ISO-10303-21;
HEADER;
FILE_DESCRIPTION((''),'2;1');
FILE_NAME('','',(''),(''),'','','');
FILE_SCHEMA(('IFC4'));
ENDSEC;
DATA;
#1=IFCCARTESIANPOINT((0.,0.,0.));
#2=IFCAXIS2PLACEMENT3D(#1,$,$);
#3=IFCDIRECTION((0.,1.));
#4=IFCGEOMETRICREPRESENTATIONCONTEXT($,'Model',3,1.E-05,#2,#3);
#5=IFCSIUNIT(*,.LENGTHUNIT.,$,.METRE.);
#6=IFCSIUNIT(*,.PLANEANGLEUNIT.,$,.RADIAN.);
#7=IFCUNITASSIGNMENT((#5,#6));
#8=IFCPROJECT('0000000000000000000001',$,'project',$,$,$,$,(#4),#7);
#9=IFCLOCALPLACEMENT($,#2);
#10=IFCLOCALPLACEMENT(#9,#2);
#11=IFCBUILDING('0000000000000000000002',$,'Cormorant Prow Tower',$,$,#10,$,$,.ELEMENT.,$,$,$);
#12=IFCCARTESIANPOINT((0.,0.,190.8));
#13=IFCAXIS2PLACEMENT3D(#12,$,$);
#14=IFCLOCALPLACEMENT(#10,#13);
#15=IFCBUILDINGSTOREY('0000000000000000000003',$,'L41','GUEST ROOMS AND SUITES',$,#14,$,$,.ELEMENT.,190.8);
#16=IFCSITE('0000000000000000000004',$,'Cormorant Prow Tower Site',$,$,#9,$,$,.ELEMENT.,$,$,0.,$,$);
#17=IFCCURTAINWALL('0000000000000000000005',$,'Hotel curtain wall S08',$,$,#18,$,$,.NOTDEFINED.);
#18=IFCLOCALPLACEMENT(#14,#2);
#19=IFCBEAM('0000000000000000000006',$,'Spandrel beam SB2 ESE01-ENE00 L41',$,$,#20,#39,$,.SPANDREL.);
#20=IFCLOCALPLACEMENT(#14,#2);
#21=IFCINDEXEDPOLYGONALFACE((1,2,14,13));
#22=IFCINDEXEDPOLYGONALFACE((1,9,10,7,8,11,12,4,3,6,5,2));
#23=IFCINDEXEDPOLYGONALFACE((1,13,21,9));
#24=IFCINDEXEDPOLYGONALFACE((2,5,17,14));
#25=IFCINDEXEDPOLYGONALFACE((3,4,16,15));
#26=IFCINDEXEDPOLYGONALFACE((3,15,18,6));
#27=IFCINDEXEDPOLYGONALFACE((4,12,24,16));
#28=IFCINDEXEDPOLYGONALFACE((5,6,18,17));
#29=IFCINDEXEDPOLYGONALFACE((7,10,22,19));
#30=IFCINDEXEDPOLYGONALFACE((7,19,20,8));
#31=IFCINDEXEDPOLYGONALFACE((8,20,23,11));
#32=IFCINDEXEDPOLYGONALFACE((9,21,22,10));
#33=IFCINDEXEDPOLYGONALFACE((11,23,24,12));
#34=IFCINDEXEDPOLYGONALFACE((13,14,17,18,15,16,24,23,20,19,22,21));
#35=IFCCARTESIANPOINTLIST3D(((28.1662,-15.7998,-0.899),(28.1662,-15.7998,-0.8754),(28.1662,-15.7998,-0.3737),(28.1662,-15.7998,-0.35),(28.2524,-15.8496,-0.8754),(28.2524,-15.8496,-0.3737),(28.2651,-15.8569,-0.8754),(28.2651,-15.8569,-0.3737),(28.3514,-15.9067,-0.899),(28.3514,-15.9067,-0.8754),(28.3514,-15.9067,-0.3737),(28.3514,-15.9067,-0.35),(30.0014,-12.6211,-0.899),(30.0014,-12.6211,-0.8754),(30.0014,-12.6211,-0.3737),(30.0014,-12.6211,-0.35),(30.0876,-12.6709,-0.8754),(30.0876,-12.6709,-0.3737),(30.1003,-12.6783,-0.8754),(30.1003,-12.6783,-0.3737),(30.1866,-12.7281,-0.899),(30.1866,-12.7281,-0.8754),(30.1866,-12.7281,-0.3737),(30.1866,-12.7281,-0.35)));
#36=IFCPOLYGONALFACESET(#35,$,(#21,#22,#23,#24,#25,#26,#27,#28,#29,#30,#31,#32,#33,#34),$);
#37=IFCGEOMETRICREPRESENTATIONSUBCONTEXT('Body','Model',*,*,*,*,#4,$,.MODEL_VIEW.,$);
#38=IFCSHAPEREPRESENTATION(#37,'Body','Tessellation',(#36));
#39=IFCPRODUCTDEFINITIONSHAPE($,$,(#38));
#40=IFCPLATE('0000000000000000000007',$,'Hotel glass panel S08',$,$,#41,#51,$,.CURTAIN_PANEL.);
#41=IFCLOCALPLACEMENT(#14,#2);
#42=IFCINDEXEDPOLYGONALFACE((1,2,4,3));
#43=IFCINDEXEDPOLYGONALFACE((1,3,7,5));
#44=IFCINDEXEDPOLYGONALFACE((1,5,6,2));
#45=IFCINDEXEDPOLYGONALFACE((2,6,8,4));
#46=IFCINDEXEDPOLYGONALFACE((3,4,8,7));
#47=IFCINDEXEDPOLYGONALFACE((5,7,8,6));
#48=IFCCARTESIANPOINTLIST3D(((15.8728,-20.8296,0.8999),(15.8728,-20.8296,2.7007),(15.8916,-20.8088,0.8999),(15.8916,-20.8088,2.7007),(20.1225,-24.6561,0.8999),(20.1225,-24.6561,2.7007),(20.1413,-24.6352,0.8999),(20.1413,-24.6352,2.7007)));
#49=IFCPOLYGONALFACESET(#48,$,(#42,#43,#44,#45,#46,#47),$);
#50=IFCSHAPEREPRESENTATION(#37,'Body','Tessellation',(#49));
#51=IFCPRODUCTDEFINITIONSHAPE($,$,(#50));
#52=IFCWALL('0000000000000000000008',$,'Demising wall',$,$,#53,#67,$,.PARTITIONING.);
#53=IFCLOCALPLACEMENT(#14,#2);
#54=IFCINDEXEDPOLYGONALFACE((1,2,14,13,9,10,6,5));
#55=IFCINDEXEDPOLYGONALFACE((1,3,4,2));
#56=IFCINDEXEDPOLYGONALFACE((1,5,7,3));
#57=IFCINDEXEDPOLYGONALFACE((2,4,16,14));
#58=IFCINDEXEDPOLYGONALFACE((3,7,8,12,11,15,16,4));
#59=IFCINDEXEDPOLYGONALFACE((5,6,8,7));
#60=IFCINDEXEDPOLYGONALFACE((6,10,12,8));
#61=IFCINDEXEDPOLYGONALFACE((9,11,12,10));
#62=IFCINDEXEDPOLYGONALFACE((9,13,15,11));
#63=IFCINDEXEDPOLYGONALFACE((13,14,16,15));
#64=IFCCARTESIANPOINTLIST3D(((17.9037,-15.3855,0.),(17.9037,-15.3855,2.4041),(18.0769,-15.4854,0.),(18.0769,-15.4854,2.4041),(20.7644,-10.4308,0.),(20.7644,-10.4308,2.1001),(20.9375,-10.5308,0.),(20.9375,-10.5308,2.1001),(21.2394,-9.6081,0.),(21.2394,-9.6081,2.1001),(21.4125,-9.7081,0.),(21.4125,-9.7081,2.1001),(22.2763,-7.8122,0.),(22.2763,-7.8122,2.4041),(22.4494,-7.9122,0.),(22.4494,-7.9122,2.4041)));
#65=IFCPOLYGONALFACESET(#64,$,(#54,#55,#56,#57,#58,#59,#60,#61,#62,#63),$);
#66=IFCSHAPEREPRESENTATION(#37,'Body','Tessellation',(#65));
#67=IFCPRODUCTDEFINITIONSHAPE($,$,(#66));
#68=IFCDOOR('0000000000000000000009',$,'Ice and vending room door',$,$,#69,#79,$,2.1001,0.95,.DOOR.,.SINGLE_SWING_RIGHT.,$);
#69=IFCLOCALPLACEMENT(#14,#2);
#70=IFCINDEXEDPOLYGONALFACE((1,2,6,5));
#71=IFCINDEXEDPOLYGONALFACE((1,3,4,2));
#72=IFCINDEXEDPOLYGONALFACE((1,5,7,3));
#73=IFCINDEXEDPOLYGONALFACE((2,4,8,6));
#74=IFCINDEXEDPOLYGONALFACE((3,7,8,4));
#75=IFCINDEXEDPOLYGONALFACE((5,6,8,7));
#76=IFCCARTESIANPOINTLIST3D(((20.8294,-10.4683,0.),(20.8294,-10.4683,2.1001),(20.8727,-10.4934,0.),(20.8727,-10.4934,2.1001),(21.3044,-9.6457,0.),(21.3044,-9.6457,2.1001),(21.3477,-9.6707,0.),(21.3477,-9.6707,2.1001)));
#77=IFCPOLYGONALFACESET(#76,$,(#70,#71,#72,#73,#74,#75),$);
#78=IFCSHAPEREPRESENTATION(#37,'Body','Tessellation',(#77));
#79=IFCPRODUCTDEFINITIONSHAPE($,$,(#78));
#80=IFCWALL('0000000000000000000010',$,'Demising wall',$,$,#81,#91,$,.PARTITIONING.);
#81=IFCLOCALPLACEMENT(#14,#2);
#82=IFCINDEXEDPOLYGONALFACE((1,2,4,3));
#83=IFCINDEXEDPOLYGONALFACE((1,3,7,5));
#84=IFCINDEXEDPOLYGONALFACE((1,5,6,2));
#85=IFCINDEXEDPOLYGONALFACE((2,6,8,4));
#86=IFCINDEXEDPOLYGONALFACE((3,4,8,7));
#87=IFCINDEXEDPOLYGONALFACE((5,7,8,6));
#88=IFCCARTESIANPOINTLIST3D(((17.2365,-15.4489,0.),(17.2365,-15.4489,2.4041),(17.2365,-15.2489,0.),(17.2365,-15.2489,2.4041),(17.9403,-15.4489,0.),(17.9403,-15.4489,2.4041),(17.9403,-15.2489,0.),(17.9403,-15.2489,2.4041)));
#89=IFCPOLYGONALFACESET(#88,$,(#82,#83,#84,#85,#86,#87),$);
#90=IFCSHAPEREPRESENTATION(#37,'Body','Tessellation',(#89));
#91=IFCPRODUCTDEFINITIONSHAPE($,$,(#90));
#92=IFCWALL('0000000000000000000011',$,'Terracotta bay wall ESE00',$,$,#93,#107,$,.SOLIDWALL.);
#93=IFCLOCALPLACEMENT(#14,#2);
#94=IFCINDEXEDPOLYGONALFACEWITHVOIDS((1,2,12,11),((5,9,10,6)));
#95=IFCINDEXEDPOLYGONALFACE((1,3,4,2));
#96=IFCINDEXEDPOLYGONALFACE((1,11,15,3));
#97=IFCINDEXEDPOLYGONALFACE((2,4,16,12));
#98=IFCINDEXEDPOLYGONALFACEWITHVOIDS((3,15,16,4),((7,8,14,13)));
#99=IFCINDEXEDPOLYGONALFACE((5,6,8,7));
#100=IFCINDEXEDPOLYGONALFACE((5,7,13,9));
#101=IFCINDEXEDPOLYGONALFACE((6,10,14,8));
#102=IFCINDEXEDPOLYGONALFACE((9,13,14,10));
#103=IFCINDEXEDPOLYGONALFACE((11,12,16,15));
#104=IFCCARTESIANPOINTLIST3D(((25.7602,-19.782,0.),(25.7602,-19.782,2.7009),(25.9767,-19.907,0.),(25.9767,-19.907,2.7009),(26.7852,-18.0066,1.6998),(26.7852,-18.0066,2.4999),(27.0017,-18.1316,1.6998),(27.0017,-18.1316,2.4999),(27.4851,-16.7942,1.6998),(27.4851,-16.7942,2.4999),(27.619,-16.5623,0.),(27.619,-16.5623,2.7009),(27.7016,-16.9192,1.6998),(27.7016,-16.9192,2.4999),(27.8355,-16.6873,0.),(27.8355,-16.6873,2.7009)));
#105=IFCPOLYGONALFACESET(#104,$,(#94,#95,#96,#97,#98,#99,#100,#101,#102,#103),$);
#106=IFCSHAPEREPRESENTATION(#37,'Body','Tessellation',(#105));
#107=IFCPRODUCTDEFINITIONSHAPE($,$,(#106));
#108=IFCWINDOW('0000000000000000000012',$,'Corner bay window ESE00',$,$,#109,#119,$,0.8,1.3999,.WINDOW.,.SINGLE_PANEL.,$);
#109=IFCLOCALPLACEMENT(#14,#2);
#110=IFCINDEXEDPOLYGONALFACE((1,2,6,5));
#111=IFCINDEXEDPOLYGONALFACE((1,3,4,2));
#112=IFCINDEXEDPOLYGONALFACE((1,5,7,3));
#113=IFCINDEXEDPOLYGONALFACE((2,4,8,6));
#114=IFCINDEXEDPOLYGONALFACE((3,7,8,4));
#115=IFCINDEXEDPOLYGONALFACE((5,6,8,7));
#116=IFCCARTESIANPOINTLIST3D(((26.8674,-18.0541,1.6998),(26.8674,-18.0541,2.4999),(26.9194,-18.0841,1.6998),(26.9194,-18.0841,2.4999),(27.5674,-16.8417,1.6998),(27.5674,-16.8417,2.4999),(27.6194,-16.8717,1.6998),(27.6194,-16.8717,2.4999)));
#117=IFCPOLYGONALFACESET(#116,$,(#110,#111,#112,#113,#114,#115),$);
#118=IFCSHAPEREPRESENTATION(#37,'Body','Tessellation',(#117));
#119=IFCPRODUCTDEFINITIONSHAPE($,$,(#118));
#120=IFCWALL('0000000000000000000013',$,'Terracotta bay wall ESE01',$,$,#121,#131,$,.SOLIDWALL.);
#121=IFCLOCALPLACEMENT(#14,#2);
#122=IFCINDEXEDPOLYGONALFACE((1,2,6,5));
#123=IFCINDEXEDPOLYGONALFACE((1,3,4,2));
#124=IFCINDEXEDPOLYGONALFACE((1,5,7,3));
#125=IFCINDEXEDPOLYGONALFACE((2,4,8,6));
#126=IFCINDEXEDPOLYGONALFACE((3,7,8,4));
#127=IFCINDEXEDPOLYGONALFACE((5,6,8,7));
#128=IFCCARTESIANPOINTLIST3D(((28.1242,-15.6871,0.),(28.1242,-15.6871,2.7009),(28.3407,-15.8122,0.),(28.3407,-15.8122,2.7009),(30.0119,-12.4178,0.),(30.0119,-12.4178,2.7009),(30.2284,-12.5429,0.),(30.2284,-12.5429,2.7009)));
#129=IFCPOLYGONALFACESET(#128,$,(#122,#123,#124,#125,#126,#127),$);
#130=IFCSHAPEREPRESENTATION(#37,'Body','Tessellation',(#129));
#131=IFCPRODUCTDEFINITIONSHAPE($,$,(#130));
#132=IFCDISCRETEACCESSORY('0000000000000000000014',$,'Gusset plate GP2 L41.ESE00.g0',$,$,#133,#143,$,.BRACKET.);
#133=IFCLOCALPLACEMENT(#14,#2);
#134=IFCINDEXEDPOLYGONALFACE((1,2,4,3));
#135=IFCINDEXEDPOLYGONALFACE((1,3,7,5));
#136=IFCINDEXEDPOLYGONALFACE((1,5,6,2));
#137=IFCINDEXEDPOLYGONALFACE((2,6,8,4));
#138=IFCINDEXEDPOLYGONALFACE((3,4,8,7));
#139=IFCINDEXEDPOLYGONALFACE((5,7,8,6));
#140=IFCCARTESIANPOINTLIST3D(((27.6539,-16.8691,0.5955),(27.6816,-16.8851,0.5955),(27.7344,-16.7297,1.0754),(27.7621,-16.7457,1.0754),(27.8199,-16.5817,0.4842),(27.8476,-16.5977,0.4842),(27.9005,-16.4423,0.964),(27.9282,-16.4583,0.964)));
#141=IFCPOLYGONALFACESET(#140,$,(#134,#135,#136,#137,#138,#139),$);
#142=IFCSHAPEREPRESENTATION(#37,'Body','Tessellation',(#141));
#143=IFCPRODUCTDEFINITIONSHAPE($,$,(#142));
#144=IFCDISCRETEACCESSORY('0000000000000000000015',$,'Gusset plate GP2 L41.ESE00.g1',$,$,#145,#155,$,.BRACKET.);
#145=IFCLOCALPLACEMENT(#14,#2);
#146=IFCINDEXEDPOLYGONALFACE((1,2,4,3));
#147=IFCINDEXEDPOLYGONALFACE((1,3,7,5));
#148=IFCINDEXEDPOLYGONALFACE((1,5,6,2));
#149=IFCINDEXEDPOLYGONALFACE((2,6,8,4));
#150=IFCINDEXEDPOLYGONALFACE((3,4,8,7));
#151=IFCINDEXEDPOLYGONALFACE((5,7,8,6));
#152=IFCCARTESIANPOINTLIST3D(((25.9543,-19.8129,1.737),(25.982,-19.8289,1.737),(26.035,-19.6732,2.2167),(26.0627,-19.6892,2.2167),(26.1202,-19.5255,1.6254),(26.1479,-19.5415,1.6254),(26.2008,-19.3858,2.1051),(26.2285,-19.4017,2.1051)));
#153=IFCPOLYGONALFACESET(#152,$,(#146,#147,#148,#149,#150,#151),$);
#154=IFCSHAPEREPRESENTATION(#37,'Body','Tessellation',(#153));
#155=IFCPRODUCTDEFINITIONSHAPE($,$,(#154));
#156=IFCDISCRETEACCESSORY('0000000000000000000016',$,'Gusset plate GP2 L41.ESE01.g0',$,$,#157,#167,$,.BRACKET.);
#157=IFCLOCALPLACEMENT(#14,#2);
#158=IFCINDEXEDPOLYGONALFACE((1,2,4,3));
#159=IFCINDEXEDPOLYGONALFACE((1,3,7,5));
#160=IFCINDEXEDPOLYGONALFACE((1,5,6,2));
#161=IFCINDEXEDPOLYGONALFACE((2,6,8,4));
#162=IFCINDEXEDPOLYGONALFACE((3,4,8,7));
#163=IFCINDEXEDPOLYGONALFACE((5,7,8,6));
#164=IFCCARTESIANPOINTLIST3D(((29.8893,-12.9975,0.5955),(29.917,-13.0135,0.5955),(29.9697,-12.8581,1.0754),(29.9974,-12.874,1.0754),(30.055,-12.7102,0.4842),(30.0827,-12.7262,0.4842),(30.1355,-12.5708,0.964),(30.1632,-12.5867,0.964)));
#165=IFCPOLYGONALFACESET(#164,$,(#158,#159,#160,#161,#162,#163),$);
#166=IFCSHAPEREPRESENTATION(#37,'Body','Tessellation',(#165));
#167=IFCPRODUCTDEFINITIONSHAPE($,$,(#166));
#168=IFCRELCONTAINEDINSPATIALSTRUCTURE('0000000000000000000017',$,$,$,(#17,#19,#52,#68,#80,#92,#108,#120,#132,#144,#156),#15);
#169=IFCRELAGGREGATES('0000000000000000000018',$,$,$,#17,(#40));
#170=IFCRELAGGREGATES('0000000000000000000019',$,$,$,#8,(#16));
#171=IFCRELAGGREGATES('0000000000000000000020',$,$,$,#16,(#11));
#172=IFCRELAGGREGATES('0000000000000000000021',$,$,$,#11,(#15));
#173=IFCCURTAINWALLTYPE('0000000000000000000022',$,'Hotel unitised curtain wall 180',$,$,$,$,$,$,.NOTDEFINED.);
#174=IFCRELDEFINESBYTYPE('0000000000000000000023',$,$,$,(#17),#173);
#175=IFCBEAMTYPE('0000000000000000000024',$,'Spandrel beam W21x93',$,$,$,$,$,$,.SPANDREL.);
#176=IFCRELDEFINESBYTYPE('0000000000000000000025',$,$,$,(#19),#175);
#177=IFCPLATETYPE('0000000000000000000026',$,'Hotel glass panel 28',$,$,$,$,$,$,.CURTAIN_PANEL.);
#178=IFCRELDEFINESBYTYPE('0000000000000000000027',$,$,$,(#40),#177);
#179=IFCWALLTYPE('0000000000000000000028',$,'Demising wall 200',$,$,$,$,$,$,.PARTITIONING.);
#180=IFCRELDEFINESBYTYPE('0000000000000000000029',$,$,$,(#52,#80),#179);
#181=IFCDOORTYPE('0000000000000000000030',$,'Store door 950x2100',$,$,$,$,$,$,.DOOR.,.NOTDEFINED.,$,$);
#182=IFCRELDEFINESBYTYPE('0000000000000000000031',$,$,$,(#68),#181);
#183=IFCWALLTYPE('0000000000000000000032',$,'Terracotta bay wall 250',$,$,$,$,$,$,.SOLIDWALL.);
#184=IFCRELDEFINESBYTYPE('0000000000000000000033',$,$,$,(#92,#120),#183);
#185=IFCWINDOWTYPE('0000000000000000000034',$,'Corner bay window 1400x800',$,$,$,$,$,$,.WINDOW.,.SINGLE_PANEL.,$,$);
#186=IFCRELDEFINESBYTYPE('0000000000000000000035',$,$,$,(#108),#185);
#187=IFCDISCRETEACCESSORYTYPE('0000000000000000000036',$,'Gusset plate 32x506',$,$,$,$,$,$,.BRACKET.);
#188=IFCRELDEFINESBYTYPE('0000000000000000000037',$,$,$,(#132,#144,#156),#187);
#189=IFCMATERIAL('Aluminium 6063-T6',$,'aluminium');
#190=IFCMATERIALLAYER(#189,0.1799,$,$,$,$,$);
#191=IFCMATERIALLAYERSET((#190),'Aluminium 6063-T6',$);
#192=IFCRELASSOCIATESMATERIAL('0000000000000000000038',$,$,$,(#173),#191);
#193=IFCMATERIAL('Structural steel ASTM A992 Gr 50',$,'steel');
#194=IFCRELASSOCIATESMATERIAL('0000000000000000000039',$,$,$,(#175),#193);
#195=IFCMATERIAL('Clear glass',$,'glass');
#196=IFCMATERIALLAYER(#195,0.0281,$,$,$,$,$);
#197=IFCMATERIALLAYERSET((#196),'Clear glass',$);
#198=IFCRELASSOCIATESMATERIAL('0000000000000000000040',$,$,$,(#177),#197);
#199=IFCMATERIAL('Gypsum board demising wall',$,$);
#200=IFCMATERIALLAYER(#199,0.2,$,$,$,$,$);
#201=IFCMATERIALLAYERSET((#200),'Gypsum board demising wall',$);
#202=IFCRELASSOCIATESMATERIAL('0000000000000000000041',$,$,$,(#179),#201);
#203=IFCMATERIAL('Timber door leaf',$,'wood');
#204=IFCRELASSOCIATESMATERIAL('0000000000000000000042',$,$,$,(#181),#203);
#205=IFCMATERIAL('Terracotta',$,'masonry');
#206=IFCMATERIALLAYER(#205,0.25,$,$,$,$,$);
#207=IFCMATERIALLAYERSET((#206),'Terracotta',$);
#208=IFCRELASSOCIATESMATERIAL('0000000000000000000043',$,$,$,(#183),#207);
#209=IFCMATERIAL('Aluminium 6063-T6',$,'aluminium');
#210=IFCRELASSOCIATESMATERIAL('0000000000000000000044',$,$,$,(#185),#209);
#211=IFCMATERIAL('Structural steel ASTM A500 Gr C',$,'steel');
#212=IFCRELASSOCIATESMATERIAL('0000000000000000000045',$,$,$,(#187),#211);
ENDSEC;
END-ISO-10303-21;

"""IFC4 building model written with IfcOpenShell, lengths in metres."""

from ifc_helpers import new_model, si_unit, direction, frame, frame_2d, origin, origin_2d, place, context, subcontext, project, spatial, rectangle, i_section, extrude, material, layer, layer_set, material_profile, profile_set, type_object, element, fill, aggregate, save


model = new_model("IFC4")

# Units and contexts
model_context = context("Model", 3, precision=1e-05, world=origin(), true_north=direction((0.0, 1.0)))
body_context = subcontext(model_context, "Body", "Model", "MODEL_VIEW")
ifc_project = project(units=[si_unit("LENGTHUNIT", "METRE"), si_unit("PLANEANGLEUNIT", "RADIAN")], contexts=[model_context])

# Site, building, storey
site_placement = place(None, origin())
site = spatial("IfcSite", under=ifc_project, at=site_placement, Name="Cormorant Prow Tower Site", CompositionType="ELEMENT", RefElevation=0.0)
building_placement = place(site_placement, origin())
building = spatial("IfcBuilding", under=site, at=building_placement, Name="Cormorant Prow Tower", CompositionType="ELEMENT")
storey_placement = place(building_placement, frame((0.0, 0.0, 190.8)))
storey = spatial("IfcBuildingStorey", under=building, at=storey_placement, Name="L41", Description="GUEST ROOMS AND SUITES", CompositionType="ELEMENT", Elevation=190.8)

# Curtain wall
ifc_material_1 = material(Name="Aluminium 6063-T6", Category="aluminium")
ifc_layer_1 = layer(ifc_material_1, 0.1799)
ifc_layer_set_1 = layer_set([ifc_layer_1], Name="Aluminium 6063-T6")
curtain_wall_type = type_object("IfcCurtainWallType", Name="Hotel unitised curtain wall 180", PredefinedType="NOTDEFINED", material=ifc_layer_set_1)
curtain_wall_placement = place(storey_placement, origin())
curtain_wall = element("IfcCurtainWall", 1, at=curtain_wall_placement, inside=storey, type_object=curtain_wall_type, Name="Hotel curtain wall S08", PredefinedType="NOTDEFINED")

# Beam
ifc_material_2 = material(Name="Structural steel ASTM A992 Gr 50", Category="steel")
ifc_material_profile_1 = material_profile(ifc_material_2, i_section(OverallWidth=0.2139, OverallDepth=0.5491, WebThickness=0.0146, FlangeThickness=0.0237, at=origin_2d()), Name="W21x93")
ifc_profile_set_1 = profile_set([ifc_material_profile_1], Name="Structural steel ASTM A992 Gr 50")
beam_type = type_object("IfcBeamType", Name="Spandrel beam W21x93", PredefinedType="SPANDREL", material=ifc_profile_set_1)
for number, where, z_axis, x_axis, name in (
    (2, (28.2588, -15.8533, -0.6245), (0.499995, 0.866028, 0.0), (-0.866028, 0.499995, 0.0), "Spandrel beam SB2 ESE01-ENE00 L41"),
):
    element("IfcBeam", number, at=place(storey_placement, frame(where, z_axis=z_axis, x_axis=x_axis)), inside=storey, type_object=beam_type, Name=name, PredefinedType="SPANDREL", context=body_context, shape_type="SweptSolid", body=[
        extrude(i_section(OverallWidth=0.2139, OverallDepth=0.5491, WebThickness=0.0146, FlangeThickness=0.0237, at=origin_2d()), origin(), (0.0, 0.0, 1.0), 3.6704),
    ])

# Plate
ifc_material_3 = material(Name="Clear glass", Category="glass")
ifc_layer_2 = layer(ifc_material_3, 0.0281)
ifc_layer_set_2 = layer_set([ifc_layer_2], Name="Clear glass")
plate_type = type_object("IfcPlateType", Name="Hotel glass panel 28", PredefinedType="CURTAIN_PANEL", material=ifc_layer_set_2)
plate_placement = place(storey_placement, frame((18.0071, -22.7324, 0.8999), z_axis=(0.0, 0.0, 1.0), x_axis=(0.743145, -0.669131, 0.0)))
plate = element("IfcPlate", 3, at=plate_placement, type_object=plate_type, Name="Hotel glass panel S08", PredefinedType="CURTAIN_PANEL", context=body_context, shape_type="SweptSolid", body=[
    extrude(rectangle(XDim=5.7185, YDim=0.0281, at=origin_2d()), origin(), (0.0, 0.0, 1.0), 1.8008),
])
aggregate(curtain_wall, [plate])

# Wall, opening, door
ifc_material_4 = material(Name="Gypsum board demising wall")
ifc_layer_3 = layer(ifc_material_4, 0.2)
ifc_layer_set_3 = layer_set([ifc_layer_3], Name="Gypsum board demising wall")
wall_type_1 = type_object("IfcWallType", Name="Demising wall 200", PredefinedType="PARTITIONING", material=ifc_layer_set_3)
wall_1_placement = place(storey_placement, frame((17.9902, -15.4355, 0.0), z_axis=(0.0, 0.0, 1.0), x_axis=(0.500012, 0.866018, 0.0)))
wall_1 = element("IfcWall", 4, at=wall_1_placement, inside=storey, type_object=wall_type_1, Name="Demising wall", PredefinedType="PARTITIONING", context=body_context, shape_type="SweptSolid", body=[
    extrude(rectangle(XDim=8.7449, YDim=0.2, at=frame_2d((4.3726, 0.0))), origin(), (0.0, 0.0, 1.0), 2.4041),
])
opening_1_placement = place(wall_1_placement, frame((5.7212, 0.0, 0.0)))
opening_1 = element("IfcOpeningElement", 5, at=opening_1_placement, cuts=wall_1, PredefinedType="OPENING", context=body_context, shape_type="SweptSolid", body=[
    extrude(rectangle(XDim=0.95, YDim=2.1001, at=frame_2d((0.4751, 1.05))), frame((0.0, 0.1099, 0.0), z_axis=(0.0, -1.0, 0.0), x_axis=(1.0, 0.0, 0.0)), (0.0, 0.0, 1.0), 0.22),
])
ifc_material_5 = material(Name="Timber door leaf", Category="wood")
door_type_1 = type_object("IfcDoorType", Name="Store door 950x2100", OperationType="NOTDEFINED", PredefinedType="DOOR", material=ifc_material_5)
door_1_placement = place(opening_1_placement, origin())
door_1 = element("IfcDoor", 6, at=door_1_placement, inside=storey, type_object=door_type_1, Name="Ice and vending room door", OperationType="SINGLE_SWING_RIGHT", OverallHeight=2.1001, OverallWidth=0.95, PredefinedType="DOOR", context=body_context, shape_type="SweptSolid", body=[
    extrude(rectangle(XDim=0.95, YDim=2.1001, at=frame_2d((0.4751, 1.05))), frame((0.0, 0.0249, 0.0), z_axis=(0.0, -1.0, 0.0), x_axis=(1.0, 0.0, 0.0)), (0.0, 0.0, 1.0), 0.05),
])
fill(opening_1, door_1)

# Wall
wall_2_placement = place(storey_placement, frame((17.2363, -15.3489, 0.0), z_axis=(0.0, 0.0, 1.0), x_axis=(1.0, 0.0, 0.0)))
element("IfcWall", 7, at=wall_2_placement, inside=storey, type_object=wall_type_1, Name="Demising wall", PredefinedType="PARTITIONING", context=body_context, shape_type="SweptSolid", body=[
    extrude(rectangle(XDim=0.7039, YDim=0.2, at=frame_2d((0.3521, 0.0))), origin(), (0.0, 0.0, 1.0), 2.4041),
])

# Wall, opening, window
ifc_material_6 = material(Name="Terracotta", Category="masonry")
ifc_layer_4 = layer(ifc_material_6, 0.25)
ifc_layer_set_4 = layer_set([ifc_layer_4], Name="Terracotta")
wall_type_2 = type_object("IfcWallType", Name="Terracotta bay wall 250", PredefinedType="SOLIDWALL", material=ifc_layer_set_4)
wall_3_placement = place(storey_placement, frame((25.8684, -19.8445, 0.0), z_axis=(0.0, 0.0, 1.0), x_axis=(0.499995, 0.866028, 0.0)))
wall_3 = element("IfcWall", 8, at=wall_3_placement, inside=storey, type_object=wall_type_2, Name="Terracotta bay wall ESE00", PredefinedType="SOLIDWALL", context=body_context, shape_type="SweptSolid", body=[
    extrude(rectangle(XDim=3.7178, YDim=0.25, at=frame_2d((1.8589, 0.0))), origin(), (0.0, 0.0, 1.0), 2.7009),
])
opening_2_placement = place(wall_3_placement, frame((2.05, 0.0, 1.7)))
opening_2 = element("IfcOpeningElement", 9, at=opening_2_placement, cuts=wall_3, PredefinedType="OPENING", context=body_context, shape_type="SweptSolid", body=[
    extrude(rectangle(XDim=1.3999, YDim=0.8, at=frame_2d((0.7, 0.3999))), frame((0.0, 0.135, 0.0), z_axis=(0.0, -1.0, 0.0), x_axis=(1.0, 0.0, 0.0)), (0.0, 0.0, 1.0), 0.27),
])
ifc_material_7 = material(Name="Aluminium 6063-T6", Category="aluminium")
window_type = type_object("IfcWindowType", Name="Corner bay window 1400x800", PartitioningType="SINGLE_PANEL", PredefinedType="WINDOW", material=ifc_material_7)
window_placement = place(opening_2_placement, origin())
window = element("IfcWindow", 10, at=window_placement, inside=storey, type_object=window_type, Name="Corner bay window ESE00", OverallHeight=0.8, OverallWidth=1.3999, PartitioningType="SINGLE_PANEL", PredefinedType="WINDOW", context=body_context, shape_type="SweptSolid", body=[
    extrude(rectangle(XDim=1.3999, YDim=0.8, at=frame_2d((0.7, 0.3999))), frame((0.0, 0.03, 0.0), z_axis=(0.0, -1.0, 0.0), x_axis=(1.0, 0.0, 0.0)), (0.0, 0.0, 1.0), 0.0601),
])
fill(opening_2, window)

# Wall
wall_4_placement = place(storey_placement, frame((28.2324, -15.7498, 0.0), z_axis=(0.0, 0.0, 1.0), x_axis=(0.500034, 0.866006, 0.0)))
element("IfcWall", 11, at=wall_4_placement, inside=storey, type_object=wall_type_2, Name="Terracotta bay wall ESE01", PredefinedType="SOLIDWALL", context=body_context, shape_type="SweptSolid", body=[
    extrude(rectangle(XDim=3.7751, YDim=0.25, at=frame_2d((1.8877, 0.0))), origin(), (0.0, 0.0, 1.0), 2.7009),
])

# Discrete accessories
ifc_material_8 = material(Name="Structural steel ASTM A500 Gr C", Category="steel")
ifc_material_profile_2 = material_profile(ifc_material_8, rectangle(XDim=0.032, YDim=0.5061, at=origin_2d()), Name="Gusset plate 32x506")
ifc_profile_set_2 = profile_set([ifc_material_profile_2], Name="Structural steel ASTM A500 Gr C")
discrete_accessory_type = type_object("IfcDiscreteAccessoryType", Name="Gusset plate 32x506", PredefinedType="BRACKET", material=ifc_profile_set_2)
for number, where, z_axis, x_axis, name in (
    (12, (27.708, -16.8074, 0.8354), (0.474278, 0.820919, -0.318045), (-0.865879, 0.500253, 0.0), "Gusset plate GP2 L41.ESE00.g0"),
    (13, (26.1743, -19.4636, 1.8652), (-0.473632, -0.821008, 0.318777), (0.866198, -0.499701, 0.0), "Gusset plate GP2 L41.ESE00.g1"),
):
    element("IfcDiscreteAccessory", number, at=place(storey_placement, frame(where, z_axis=z_axis, x_axis=x_axis)), inside=storey, type_object=discrete_accessory_type, Name=name, PredefinedType="BRACKET", context=body_context, shape_type="SweptSolid", body=[
        extrude(rectangle(XDim=0.032, YDim=0.5061, at=origin_2d()), origin(), (0.0, 0.0, 1.0), 0.3501),
    ])
discrete_accessory_1_placement = place(storey_placement, frame((29.9434, -12.9358, 0.8354), z_axis=(0.473737, 0.82119, -0.31815), x_axis=(-0.866198, 0.499701, 0.0)))
element("IfcDiscreteAccessory", 14, at=discrete_accessory_1_placement, inside=storey, type_object=discrete_accessory_type, Name="Gusset plate GP2 L41.ESE01.g0", PredefinedType="BRACKET", context=body_context, shape_type="SweptSolid", body=[
    extrude(rectangle(XDim=0.032, YDim=0.5061, at=origin_2d()), origin(), (0.0, 0.0, 1.0), 0.3499),
])

save(model, "model.ifc")
